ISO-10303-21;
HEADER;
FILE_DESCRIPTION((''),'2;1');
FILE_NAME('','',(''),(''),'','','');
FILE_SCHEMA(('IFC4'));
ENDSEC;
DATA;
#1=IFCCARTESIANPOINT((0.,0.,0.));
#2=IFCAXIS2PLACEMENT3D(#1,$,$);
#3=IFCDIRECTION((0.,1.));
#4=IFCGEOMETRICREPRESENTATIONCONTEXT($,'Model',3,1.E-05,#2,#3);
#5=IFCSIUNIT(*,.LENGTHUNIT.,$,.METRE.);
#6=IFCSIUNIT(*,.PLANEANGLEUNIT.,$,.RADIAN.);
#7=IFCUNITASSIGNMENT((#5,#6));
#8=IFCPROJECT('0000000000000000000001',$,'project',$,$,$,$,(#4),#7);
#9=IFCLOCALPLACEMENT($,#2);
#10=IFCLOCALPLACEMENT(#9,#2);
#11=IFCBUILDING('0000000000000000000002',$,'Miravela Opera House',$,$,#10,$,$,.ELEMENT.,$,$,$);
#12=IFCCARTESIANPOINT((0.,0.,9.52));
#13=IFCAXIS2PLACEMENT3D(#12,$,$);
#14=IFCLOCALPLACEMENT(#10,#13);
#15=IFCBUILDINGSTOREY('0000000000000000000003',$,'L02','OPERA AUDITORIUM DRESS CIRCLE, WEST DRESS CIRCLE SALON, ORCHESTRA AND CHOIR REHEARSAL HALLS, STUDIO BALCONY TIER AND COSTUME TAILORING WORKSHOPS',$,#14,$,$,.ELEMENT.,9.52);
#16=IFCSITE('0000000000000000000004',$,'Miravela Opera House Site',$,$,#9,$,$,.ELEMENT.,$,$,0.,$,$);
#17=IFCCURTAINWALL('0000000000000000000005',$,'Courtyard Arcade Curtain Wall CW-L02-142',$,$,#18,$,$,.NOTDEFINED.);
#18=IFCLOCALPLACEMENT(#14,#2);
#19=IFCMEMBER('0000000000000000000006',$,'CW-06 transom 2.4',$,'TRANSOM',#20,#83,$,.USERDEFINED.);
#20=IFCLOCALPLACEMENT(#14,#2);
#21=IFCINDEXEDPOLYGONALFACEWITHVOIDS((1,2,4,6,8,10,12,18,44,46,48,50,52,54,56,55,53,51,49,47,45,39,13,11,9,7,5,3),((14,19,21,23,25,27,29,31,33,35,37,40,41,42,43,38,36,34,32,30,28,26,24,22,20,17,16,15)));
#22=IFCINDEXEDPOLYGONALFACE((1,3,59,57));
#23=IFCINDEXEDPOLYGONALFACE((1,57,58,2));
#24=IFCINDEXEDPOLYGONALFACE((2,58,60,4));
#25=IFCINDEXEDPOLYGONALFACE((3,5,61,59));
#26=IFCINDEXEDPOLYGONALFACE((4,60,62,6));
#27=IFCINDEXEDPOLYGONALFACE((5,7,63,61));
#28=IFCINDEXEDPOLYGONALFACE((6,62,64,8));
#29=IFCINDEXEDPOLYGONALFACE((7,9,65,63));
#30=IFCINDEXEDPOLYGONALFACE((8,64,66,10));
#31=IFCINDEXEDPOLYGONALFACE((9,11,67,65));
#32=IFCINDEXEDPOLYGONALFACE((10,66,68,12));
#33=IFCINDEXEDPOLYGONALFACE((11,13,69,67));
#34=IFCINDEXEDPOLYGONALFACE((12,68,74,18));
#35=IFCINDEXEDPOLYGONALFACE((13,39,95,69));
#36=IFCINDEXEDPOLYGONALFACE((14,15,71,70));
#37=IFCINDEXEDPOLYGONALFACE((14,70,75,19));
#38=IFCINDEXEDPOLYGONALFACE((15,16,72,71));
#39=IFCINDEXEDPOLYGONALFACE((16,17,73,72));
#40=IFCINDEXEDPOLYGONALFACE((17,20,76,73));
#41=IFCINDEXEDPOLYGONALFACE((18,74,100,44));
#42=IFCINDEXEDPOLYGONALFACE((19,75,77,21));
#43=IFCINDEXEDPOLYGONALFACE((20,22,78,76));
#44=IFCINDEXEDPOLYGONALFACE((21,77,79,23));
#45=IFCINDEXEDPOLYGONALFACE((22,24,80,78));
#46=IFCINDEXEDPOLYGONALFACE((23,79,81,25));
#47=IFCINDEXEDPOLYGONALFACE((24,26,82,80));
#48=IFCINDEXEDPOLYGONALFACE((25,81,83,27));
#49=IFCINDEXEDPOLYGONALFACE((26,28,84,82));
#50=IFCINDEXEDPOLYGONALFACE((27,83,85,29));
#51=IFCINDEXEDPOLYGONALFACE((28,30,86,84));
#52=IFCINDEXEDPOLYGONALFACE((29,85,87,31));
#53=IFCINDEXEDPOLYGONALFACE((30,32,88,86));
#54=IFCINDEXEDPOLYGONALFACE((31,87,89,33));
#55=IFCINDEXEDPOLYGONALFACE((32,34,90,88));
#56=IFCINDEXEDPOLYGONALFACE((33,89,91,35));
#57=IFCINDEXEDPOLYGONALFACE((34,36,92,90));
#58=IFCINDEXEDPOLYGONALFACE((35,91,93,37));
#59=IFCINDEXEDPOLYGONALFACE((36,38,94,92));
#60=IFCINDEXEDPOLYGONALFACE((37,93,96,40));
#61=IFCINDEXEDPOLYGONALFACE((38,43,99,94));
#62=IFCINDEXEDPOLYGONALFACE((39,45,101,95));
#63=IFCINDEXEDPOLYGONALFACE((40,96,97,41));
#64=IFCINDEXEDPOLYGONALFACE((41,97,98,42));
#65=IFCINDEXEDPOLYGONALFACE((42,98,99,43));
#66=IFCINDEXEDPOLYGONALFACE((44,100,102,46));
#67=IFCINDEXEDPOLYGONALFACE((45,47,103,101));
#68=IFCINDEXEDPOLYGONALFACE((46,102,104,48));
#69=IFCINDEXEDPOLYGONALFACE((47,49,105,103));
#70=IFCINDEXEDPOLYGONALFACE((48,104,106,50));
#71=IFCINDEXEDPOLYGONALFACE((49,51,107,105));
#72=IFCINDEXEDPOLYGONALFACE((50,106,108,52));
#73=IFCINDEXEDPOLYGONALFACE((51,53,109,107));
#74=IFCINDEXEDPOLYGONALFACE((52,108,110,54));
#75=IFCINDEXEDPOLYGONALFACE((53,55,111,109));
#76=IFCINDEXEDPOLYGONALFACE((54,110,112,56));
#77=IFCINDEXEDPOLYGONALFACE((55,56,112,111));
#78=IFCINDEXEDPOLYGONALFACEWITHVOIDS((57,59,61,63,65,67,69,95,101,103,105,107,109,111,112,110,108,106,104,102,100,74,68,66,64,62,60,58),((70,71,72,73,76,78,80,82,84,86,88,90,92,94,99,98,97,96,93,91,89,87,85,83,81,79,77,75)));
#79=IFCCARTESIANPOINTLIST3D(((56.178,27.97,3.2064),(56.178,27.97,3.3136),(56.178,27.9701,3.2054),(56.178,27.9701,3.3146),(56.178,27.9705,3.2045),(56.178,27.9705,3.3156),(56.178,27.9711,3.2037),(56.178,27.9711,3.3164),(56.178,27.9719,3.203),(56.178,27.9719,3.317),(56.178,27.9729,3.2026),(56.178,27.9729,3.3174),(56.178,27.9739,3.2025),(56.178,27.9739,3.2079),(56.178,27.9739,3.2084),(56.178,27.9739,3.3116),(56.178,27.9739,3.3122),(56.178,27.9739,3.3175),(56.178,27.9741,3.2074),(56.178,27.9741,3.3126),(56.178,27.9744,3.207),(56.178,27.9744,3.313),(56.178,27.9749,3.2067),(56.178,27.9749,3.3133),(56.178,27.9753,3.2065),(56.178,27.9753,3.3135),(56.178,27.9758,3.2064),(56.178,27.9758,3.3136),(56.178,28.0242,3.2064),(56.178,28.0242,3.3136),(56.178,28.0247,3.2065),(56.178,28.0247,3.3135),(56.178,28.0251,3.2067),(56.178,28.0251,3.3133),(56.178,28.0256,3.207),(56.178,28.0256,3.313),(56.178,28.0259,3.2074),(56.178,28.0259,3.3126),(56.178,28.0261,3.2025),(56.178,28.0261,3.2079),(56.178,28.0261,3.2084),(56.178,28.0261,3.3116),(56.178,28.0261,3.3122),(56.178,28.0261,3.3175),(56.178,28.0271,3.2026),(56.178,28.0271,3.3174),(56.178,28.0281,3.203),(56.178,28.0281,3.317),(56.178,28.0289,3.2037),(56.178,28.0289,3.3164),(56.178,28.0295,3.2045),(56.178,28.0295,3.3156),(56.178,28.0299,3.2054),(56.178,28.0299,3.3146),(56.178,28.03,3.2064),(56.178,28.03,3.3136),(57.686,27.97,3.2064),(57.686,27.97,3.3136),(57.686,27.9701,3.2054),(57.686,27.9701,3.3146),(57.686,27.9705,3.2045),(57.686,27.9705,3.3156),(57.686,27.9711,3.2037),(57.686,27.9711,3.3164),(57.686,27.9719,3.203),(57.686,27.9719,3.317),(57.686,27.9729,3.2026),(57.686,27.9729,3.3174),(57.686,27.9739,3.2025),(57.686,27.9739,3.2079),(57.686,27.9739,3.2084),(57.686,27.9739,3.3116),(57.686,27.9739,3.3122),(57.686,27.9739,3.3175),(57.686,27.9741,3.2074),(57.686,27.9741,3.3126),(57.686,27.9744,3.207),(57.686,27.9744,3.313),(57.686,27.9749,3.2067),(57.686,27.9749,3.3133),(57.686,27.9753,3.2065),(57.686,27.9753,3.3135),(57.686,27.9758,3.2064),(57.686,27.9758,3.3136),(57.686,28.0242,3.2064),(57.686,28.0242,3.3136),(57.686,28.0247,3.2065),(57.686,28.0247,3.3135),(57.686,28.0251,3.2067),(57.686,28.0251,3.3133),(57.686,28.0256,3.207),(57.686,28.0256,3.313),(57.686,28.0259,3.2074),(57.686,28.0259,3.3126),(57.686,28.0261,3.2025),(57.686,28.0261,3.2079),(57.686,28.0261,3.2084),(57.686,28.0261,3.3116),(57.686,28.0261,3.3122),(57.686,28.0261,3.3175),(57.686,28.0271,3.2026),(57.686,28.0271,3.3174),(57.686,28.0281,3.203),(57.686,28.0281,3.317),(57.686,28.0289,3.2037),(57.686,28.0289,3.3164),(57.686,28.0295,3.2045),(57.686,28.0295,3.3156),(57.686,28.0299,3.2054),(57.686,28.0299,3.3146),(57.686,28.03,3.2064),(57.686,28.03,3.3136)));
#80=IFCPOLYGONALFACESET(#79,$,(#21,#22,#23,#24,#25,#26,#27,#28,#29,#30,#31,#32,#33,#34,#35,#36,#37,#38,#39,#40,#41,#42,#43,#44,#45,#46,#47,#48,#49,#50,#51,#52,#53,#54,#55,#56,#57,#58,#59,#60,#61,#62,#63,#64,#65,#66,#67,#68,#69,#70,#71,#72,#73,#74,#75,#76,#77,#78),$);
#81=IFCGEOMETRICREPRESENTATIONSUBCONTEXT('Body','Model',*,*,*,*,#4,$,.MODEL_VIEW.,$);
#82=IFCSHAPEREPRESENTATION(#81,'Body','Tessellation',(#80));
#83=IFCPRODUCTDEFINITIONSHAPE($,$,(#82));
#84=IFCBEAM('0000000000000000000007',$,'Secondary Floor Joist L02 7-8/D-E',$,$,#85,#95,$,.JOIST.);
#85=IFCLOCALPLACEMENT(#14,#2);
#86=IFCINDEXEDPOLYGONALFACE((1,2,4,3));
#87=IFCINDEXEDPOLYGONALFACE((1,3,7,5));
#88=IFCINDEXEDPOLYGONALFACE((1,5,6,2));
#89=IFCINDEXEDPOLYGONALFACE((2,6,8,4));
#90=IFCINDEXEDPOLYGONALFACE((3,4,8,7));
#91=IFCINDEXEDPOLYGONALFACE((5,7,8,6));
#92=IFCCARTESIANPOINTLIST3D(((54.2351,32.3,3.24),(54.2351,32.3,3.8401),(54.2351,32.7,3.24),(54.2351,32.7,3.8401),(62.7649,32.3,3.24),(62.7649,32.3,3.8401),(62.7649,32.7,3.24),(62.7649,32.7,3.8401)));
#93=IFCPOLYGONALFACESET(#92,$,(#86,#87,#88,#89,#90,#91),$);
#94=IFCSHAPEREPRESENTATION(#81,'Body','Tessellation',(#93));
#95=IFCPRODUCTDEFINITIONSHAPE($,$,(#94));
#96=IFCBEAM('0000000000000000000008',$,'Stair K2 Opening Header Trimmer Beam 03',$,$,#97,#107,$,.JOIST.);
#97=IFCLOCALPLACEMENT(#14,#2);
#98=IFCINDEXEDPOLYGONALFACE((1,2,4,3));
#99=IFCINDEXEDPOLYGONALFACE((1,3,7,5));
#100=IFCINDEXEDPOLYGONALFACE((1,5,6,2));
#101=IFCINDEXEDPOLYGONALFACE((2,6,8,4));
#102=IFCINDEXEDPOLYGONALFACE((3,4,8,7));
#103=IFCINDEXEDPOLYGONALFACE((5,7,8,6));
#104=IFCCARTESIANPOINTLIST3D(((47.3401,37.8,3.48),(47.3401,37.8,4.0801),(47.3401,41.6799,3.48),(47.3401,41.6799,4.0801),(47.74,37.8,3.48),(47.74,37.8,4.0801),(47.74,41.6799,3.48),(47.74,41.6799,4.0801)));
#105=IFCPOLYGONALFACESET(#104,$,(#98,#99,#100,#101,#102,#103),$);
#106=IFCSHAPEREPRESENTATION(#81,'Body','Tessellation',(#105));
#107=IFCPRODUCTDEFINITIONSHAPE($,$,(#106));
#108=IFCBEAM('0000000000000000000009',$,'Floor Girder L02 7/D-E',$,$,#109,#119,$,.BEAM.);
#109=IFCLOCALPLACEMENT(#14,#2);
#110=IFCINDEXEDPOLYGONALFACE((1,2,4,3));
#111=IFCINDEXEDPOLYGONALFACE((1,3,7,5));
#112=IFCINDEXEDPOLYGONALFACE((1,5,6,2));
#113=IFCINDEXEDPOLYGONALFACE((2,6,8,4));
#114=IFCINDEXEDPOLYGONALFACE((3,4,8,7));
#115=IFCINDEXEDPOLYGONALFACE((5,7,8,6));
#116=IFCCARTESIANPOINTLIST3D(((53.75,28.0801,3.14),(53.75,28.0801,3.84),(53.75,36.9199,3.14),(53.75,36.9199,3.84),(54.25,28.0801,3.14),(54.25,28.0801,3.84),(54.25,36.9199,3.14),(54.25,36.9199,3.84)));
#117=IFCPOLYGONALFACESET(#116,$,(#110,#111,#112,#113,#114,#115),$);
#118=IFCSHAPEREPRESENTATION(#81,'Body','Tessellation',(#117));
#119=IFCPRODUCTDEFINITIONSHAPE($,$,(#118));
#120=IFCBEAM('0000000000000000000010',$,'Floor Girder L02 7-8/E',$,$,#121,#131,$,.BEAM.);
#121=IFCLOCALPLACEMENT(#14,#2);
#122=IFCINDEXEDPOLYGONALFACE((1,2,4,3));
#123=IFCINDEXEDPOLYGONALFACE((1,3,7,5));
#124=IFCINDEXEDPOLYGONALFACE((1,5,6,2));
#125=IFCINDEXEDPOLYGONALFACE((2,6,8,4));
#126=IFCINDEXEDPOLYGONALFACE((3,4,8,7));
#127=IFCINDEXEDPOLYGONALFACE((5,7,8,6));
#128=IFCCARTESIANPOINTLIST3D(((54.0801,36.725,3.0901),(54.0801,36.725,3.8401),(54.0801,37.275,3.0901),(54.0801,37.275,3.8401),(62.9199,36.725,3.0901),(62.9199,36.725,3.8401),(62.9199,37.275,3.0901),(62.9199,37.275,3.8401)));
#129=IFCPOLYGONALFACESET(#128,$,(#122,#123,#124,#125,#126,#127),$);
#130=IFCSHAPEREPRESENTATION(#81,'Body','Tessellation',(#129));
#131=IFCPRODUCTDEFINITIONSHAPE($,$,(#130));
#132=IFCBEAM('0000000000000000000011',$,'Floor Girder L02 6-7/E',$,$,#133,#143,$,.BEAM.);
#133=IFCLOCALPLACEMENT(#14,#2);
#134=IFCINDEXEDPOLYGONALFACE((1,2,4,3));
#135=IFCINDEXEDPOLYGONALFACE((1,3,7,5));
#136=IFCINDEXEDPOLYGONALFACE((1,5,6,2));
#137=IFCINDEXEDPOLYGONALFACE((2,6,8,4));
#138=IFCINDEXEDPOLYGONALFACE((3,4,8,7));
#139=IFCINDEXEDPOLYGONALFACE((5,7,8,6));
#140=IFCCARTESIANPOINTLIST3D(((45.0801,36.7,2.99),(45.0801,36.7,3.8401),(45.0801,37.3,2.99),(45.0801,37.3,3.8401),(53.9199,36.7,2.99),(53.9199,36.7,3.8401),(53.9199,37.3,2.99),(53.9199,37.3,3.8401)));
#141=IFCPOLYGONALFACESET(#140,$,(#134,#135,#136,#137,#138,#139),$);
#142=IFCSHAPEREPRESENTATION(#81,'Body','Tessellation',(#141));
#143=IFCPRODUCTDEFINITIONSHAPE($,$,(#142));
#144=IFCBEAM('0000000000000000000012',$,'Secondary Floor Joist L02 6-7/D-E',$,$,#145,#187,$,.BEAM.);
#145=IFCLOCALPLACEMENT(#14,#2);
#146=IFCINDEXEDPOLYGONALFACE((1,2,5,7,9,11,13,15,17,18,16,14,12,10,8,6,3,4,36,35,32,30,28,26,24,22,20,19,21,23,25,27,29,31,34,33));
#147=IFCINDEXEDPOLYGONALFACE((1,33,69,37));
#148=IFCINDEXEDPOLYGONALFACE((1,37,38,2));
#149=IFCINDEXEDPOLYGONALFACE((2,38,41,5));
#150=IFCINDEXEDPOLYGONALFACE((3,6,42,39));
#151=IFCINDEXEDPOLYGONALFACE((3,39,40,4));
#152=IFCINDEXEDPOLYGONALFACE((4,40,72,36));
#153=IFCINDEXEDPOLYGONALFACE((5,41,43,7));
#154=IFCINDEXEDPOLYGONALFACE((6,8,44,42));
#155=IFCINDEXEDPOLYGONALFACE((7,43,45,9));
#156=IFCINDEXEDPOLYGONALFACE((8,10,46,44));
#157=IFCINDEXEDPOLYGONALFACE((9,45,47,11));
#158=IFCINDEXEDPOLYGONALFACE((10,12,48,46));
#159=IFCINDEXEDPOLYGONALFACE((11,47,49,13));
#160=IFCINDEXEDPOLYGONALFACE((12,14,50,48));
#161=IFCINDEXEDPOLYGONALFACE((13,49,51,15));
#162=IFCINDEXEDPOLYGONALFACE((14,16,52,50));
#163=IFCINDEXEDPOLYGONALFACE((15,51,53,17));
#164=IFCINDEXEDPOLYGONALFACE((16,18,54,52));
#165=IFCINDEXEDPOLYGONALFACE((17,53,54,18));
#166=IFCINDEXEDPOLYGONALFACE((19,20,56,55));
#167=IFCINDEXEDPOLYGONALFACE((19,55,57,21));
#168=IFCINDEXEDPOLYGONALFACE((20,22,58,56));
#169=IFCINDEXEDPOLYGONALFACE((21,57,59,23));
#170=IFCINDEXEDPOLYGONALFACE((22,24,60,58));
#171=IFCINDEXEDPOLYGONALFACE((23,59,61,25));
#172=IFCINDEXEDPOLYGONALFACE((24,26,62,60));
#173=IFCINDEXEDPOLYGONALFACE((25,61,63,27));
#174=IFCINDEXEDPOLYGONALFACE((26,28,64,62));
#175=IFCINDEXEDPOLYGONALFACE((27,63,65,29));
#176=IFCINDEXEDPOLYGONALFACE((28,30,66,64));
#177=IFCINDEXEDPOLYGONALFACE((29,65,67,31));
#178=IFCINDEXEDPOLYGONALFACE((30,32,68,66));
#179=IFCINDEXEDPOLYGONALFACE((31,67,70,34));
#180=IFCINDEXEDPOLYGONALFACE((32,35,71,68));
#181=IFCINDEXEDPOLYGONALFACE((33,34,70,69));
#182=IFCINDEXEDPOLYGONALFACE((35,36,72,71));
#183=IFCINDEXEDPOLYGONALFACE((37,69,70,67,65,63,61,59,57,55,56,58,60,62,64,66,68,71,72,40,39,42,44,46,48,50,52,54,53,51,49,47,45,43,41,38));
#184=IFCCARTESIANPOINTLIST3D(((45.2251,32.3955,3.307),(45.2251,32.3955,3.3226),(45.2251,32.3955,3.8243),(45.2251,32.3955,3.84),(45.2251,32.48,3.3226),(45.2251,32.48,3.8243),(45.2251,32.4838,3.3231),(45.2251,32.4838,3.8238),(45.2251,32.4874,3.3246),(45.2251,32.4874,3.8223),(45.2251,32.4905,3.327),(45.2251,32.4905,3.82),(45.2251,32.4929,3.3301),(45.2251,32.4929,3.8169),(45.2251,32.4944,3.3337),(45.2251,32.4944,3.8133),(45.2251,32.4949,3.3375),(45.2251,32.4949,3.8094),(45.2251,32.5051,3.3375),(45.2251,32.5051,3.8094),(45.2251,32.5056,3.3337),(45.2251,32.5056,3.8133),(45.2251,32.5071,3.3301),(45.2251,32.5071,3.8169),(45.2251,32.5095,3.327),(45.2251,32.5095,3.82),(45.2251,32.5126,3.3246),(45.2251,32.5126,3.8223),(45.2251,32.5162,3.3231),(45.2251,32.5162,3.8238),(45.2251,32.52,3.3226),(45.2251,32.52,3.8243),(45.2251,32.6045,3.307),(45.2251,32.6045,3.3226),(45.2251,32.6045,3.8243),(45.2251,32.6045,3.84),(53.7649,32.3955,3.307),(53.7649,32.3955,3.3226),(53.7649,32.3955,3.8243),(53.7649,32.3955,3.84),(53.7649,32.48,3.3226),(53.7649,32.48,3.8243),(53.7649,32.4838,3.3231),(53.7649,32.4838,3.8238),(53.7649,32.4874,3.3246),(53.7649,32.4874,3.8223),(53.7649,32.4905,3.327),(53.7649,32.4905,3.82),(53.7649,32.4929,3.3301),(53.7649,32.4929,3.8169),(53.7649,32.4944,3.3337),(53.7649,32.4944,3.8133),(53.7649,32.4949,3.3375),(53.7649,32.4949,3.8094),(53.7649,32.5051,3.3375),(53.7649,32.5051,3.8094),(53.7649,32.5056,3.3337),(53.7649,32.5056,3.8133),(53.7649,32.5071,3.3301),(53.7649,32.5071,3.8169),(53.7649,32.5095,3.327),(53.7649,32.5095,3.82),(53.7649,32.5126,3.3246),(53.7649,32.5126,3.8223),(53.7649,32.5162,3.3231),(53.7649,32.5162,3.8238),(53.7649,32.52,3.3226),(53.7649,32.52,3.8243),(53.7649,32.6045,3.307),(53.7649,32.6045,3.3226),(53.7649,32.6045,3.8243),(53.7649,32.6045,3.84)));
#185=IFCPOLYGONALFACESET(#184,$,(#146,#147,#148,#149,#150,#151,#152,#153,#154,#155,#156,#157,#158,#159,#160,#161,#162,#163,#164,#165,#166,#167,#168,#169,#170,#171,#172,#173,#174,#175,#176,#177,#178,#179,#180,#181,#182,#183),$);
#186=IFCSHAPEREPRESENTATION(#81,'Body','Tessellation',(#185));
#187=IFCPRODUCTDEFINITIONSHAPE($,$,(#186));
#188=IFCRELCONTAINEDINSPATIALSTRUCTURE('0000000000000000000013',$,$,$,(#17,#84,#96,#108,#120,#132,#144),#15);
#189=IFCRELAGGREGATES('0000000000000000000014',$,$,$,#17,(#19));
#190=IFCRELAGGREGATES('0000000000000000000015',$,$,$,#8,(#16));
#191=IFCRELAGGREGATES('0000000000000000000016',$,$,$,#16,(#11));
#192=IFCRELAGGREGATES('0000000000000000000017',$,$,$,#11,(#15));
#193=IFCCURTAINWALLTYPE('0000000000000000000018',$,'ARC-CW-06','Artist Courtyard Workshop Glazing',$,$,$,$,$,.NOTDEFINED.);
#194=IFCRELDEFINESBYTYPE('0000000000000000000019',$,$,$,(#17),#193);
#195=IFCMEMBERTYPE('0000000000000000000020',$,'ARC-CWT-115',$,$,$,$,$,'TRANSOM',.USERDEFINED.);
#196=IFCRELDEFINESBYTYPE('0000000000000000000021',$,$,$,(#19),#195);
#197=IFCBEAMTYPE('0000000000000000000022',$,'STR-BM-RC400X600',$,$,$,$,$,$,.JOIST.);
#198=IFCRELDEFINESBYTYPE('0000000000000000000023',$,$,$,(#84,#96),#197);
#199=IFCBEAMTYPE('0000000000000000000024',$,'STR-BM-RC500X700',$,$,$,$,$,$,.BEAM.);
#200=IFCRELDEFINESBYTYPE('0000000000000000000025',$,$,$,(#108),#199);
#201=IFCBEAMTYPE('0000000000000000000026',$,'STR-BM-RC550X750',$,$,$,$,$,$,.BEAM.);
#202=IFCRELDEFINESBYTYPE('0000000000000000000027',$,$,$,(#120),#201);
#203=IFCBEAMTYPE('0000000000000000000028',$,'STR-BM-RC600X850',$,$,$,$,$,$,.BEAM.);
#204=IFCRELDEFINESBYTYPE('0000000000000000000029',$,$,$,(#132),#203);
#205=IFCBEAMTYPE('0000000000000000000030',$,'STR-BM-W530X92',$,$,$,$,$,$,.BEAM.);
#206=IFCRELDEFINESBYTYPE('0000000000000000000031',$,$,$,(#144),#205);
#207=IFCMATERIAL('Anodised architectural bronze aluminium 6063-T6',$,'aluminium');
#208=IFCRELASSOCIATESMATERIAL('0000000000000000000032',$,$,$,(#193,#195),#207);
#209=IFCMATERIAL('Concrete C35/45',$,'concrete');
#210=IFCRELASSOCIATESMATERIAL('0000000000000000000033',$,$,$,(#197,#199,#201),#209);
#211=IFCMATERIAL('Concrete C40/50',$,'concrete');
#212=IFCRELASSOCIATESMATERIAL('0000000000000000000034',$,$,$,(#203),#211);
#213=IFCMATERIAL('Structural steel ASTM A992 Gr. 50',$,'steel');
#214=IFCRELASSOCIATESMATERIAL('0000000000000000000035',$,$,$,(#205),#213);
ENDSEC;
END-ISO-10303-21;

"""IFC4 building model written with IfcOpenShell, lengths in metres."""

from ifc_helpers import new_model, si_unit, direction, frame, origin, origin_2d, place, context, subcontext, project, spatial, rectangle, hollow_rectangle, i_section, extrude, material, material_profile, profile_set, type_object, element, aggregate, save


model = new_model("IFC4")

# Units and contexts
model_context = context("Model", 3, precision=1e-05, world=origin(), true_north=direction((0.0, 1.0)))
body_context = subcontext(model_context, "Body", "Model", "MODEL_VIEW")
ifc_project = project(units=[si_unit("LENGTHUNIT", "METRE"), si_unit("PLANEANGLEUNIT", "RADIAN")], contexts=[model_context])

# Site, building, storey
site_placement = place(None, origin())
site = spatial("IfcSite", under=ifc_project, at=site_placement, Name="Miravela Opera House Site", CompositionType="ELEMENT", RefElevation=0.0)
building_placement = place(site_placement, origin())
building = spatial("IfcBuilding", under=site, at=building_placement, Name="Miravela Opera House", CompositionType="ELEMENT")
storey_placement = place(building_placement, frame((0.0, 0.0, 9.52)))
storey = spatial("IfcBuildingStorey", under=building, at=storey_placement, Name="L02", Description="OPERA AUDITORIUM DRESS CIRCLE, WEST DRESS CIRCLE SALON, ORCHESTRA AND CHOIR REHEARSAL HALLS, STUDIO BALCONY TIER AND COSTUME TAILORING WORKSHOPS", CompositionType="ELEMENT", Elevation=9.52)

# Shared definitions
ifc_material_1 = material(Name="Concrete C35/45", Category="concrete")

# Curtain wall, member
ifc_material_2 = material(Name="Anodised architectural bronze aluminium 6063-T6", Category="aluminium")
curtain_wall_type = type_object("IfcCurtainWallType", Name="ARC-CW-06", Description="Artist Courtyard Workshop Glazing", PredefinedType="NOTDEFINED", material=ifc_material_2)
curtain_wall_placement = place(storey_placement, origin())
curtain_wall = element("IfcCurtainWall", 1, at=curtain_wall_placement, inside=storey, type_object=curtain_wall_type, Name="Courtyard Arcade Curtain Wall CW-L02-142", PredefinedType="NOTDEFINED")
ifc_material_profile_1 = material_profile(ifc_material_2, hollow_rectangle(XDim=0.0601, YDim=0.115, WallThickness=0.0039, InnerFilletRadius=0.002, OuterFilletRadius=0.0039, at=origin_2d()), Name="CWT-60X115")
ifc_profile_set_1 = profile_set([ifc_material_profile_1])
member_type_1 = type_object("IfcMemberType", Name="ARC-CWT-115", ElementType="TRANSOM", PredefinedType="USERDEFINED", material=ifc_profile_set_1)
member_1_placement = place(storey_placement, frame((56.178, 28.0, 3.26), z_axis=(1.0, 0.0, 0.0), x_axis=(0.0, 1.0, 0.0)))
member_1 = element("IfcMember", 2, at=member_1_placement, type_object=member_type_1, Name="CW-06 transom 2.4", ObjectType="TRANSOM", PredefinedType="USERDEFINED", context=body_context, shape_type="SweptSolid", body=[
    extrude(hollow_rectangle(XDim=0.0601, YDim=0.115, WallThickness=0.0039, InnerFilletRadius=0.002, OuterFilletRadius=0.0039, at=origin_2d()), origin(), (0.0, 0.0, 1.0), 1.5081),
])

# Beams
ifc_material_profile_2 = material_profile(ifc_material_1, rectangle(XDim=0.3999, YDim=0.6001, at=origin_2d()), Name="RC-BM-400X600")
ifc_profile_set_2 = profile_set([ifc_material_profile_2])
beam_type_1 = type_object("IfcBeamType", Name="STR-BM-RC400X600", PredefinedType="JOIST", material=ifc_profile_set_2)
beam_1_placement = place(storey_placement, frame((54.2351, 32.5, 3.54), z_axis=(1.0, 0.0, 0.0), x_axis=(0.0, 1.0, 0.0)))
element("IfcBeam", 3, at=beam_1_placement, inside=storey, type_object=beam_type_1, Name="Secondary Floor Joist L02 7-8/D-E", PredefinedType="JOIST", context=body_context, shape_type="SweptSolid", body=[
    extrude(rectangle(XDim=0.3999, YDim=0.6001, at=origin_2d()), origin(), (0.0, 0.0, 1.0), 8.5298),
])
beam_2_placement = place(storey_placement, frame((47.54, 37.8, 3.78), z_axis=(0.0, 1.0, 0.0), x_axis=(-1.0, 0.0, 0.0)))
element("IfcBeam", 4, at=beam_2_placement, inside=storey, type_object=beam_type_1, Name="Stair K2 Opening Header Trimmer Beam 03", PredefinedType="JOIST", context=body_context, shape_type="SweptSolid", body=[
    extrude(rectangle(XDim=0.3999, YDim=0.6001, at=origin_2d()), origin(), (0.0, 0.0, 1.0), 3.8799),
])
ifc_material_profile_3 = material_profile(ifc_material_1, rectangle(XDim=0.5, YDim=0.7, at=origin_2d()), Name="RC-BM-500X700")
ifc_profile_set_3 = profile_set([ifc_material_profile_3])
beam_type_2 = type_object("IfcBeamType", Name="STR-BM-RC500X700", PredefinedType="BEAM", material=ifc_profile_set_3)
beam_3_placement = place(storey_placement, frame((54.0, 28.0801, 3.49), z_axis=(0.0, 1.0, 0.0), x_axis=(-1.0, 0.0, 0.0)))
element("IfcBeam", 5, at=beam_3_placement, inside=storey, type_object=beam_type_2, Name="Floor Girder L02 7/D-E", PredefinedType="BEAM", context=body_context, shape_type="SweptSolid", body=[
    extrude(rectangle(XDim=0.5, YDim=0.7, at=origin_2d()), origin(), (0.0, 0.0, 1.0), 8.8398),
])
ifc_material_profile_4 = material_profile(ifc_material_1, rectangle(XDim=0.55, YDim=0.75, at=origin_2d()), Name="RC-BM-550X750")
ifc_profile_set_4 = profile_set([ifc_material_profile_4])
beam_type_3 = type_object("IfcBeamType", Name="STR-BM-RC550X750", PredefinedType="BEAM", material=ifc_profile_set_4)
beam_4_placement = place(storey_placement, frame((54.0801, 37.0, 3.4651), z_axis=(1.0, 0.0, 0.0), x_axis=(0.0, 1.0, 0.0)))
element("IfcBeam", 6, at=beam_4_placement, inside=storey, type_object=beam_type_3, Name="Floor Girder L02 7-8/E", PredefinedType="BEAM", context=body_context, shape_type="SweptSolid", body=[
    extrude(rectangle(XDim=0.55, YDim=0.75, at=origin_2d()), origin(), (0.0, 0.0, 1.0), 8.8398),
])
ifc_material_3 = material(Name="Concrete C40/50", Category="concrete")
ifc_material_profile_5 = material_profile(ifc_material_3, rectangle(XDim=0.6001, YDim=0.8501, at=origin_2d()), Name="RC-BM-600X850")
ifc_profile_set_5 = profile_set([ifc_material_profile_5])
beam_type_4 = type_object("IfcBeamType", Name="STR-BM-RC600X850", PredefinedType="BEAM", material=ifc_profile_set_5)
beam_5_placement = place(storey_placement, frame((45.0801, 37.0, 3.415), z_axis=(1.0, 0.0, 0.0), x_axis=(0.0, 1.0, 0.0)))
element("IfcBeam", 7, at=beam_5_placement, inside=storey, type_object=beam_type_4, Name="Floor Girder L02 6-7/E", PredefinedType="BEAM", context=body_context, shape_type="SweptSolid", body=[
    extrude(rectangle(XDim=0.6001, YDim=0.8501, at=origin_2d()), origin(), (0.0, 0.0, 1.0), 8.8398),
])
ifc_material_4 = material(Name="Structural steel ASTM A992 Gr. 50", Category="steel")
ifc_material_profile_6 = material_profile(ifc_material_4, i_section(OverallWidth=0.209, OverallDepth=0.533, WebThickness=0.0103, FlangeThickness=0.0156, FilletRadius=0.0149, at=origin_2d()), Name="W530X92")
ifc_profile_set_6 = profile_set([ifc_material_profile_6])
beam_type_5 = type_object("IfcBeamType", Name="STR-BM-W530X92", PredefinedType="BEAM", material=ifc_profile_set_6)
beam_6_placement = place(storey_placement, frame((45.2251, 32.5, 3.5735), z_axis=(1.0, 0.0, 0.0), x_axis=(0.0, 1.0, 0.0)))
element("IfcBeam", 8, at=beam_6_placement, inside=storey, type_object=beam_type_5, Name="Secondary Floor Joist L02 6-7/D-E", PredefinedType="BEAM", context=body_context, shape_type="SweptSolid", body=[
    extrude(i_section(OverallWidth=0.209, OverallDepth=0.533, WebThickness=0.0103, FlangeThickness=0.0156, FilletRadius=0.0149, at=origin_2d()), origin(), (0.0, 0.0, 1.0), 8.5398),
])

aggregate(curtain_wall, [member_1])

save(model, "model.ifc")
